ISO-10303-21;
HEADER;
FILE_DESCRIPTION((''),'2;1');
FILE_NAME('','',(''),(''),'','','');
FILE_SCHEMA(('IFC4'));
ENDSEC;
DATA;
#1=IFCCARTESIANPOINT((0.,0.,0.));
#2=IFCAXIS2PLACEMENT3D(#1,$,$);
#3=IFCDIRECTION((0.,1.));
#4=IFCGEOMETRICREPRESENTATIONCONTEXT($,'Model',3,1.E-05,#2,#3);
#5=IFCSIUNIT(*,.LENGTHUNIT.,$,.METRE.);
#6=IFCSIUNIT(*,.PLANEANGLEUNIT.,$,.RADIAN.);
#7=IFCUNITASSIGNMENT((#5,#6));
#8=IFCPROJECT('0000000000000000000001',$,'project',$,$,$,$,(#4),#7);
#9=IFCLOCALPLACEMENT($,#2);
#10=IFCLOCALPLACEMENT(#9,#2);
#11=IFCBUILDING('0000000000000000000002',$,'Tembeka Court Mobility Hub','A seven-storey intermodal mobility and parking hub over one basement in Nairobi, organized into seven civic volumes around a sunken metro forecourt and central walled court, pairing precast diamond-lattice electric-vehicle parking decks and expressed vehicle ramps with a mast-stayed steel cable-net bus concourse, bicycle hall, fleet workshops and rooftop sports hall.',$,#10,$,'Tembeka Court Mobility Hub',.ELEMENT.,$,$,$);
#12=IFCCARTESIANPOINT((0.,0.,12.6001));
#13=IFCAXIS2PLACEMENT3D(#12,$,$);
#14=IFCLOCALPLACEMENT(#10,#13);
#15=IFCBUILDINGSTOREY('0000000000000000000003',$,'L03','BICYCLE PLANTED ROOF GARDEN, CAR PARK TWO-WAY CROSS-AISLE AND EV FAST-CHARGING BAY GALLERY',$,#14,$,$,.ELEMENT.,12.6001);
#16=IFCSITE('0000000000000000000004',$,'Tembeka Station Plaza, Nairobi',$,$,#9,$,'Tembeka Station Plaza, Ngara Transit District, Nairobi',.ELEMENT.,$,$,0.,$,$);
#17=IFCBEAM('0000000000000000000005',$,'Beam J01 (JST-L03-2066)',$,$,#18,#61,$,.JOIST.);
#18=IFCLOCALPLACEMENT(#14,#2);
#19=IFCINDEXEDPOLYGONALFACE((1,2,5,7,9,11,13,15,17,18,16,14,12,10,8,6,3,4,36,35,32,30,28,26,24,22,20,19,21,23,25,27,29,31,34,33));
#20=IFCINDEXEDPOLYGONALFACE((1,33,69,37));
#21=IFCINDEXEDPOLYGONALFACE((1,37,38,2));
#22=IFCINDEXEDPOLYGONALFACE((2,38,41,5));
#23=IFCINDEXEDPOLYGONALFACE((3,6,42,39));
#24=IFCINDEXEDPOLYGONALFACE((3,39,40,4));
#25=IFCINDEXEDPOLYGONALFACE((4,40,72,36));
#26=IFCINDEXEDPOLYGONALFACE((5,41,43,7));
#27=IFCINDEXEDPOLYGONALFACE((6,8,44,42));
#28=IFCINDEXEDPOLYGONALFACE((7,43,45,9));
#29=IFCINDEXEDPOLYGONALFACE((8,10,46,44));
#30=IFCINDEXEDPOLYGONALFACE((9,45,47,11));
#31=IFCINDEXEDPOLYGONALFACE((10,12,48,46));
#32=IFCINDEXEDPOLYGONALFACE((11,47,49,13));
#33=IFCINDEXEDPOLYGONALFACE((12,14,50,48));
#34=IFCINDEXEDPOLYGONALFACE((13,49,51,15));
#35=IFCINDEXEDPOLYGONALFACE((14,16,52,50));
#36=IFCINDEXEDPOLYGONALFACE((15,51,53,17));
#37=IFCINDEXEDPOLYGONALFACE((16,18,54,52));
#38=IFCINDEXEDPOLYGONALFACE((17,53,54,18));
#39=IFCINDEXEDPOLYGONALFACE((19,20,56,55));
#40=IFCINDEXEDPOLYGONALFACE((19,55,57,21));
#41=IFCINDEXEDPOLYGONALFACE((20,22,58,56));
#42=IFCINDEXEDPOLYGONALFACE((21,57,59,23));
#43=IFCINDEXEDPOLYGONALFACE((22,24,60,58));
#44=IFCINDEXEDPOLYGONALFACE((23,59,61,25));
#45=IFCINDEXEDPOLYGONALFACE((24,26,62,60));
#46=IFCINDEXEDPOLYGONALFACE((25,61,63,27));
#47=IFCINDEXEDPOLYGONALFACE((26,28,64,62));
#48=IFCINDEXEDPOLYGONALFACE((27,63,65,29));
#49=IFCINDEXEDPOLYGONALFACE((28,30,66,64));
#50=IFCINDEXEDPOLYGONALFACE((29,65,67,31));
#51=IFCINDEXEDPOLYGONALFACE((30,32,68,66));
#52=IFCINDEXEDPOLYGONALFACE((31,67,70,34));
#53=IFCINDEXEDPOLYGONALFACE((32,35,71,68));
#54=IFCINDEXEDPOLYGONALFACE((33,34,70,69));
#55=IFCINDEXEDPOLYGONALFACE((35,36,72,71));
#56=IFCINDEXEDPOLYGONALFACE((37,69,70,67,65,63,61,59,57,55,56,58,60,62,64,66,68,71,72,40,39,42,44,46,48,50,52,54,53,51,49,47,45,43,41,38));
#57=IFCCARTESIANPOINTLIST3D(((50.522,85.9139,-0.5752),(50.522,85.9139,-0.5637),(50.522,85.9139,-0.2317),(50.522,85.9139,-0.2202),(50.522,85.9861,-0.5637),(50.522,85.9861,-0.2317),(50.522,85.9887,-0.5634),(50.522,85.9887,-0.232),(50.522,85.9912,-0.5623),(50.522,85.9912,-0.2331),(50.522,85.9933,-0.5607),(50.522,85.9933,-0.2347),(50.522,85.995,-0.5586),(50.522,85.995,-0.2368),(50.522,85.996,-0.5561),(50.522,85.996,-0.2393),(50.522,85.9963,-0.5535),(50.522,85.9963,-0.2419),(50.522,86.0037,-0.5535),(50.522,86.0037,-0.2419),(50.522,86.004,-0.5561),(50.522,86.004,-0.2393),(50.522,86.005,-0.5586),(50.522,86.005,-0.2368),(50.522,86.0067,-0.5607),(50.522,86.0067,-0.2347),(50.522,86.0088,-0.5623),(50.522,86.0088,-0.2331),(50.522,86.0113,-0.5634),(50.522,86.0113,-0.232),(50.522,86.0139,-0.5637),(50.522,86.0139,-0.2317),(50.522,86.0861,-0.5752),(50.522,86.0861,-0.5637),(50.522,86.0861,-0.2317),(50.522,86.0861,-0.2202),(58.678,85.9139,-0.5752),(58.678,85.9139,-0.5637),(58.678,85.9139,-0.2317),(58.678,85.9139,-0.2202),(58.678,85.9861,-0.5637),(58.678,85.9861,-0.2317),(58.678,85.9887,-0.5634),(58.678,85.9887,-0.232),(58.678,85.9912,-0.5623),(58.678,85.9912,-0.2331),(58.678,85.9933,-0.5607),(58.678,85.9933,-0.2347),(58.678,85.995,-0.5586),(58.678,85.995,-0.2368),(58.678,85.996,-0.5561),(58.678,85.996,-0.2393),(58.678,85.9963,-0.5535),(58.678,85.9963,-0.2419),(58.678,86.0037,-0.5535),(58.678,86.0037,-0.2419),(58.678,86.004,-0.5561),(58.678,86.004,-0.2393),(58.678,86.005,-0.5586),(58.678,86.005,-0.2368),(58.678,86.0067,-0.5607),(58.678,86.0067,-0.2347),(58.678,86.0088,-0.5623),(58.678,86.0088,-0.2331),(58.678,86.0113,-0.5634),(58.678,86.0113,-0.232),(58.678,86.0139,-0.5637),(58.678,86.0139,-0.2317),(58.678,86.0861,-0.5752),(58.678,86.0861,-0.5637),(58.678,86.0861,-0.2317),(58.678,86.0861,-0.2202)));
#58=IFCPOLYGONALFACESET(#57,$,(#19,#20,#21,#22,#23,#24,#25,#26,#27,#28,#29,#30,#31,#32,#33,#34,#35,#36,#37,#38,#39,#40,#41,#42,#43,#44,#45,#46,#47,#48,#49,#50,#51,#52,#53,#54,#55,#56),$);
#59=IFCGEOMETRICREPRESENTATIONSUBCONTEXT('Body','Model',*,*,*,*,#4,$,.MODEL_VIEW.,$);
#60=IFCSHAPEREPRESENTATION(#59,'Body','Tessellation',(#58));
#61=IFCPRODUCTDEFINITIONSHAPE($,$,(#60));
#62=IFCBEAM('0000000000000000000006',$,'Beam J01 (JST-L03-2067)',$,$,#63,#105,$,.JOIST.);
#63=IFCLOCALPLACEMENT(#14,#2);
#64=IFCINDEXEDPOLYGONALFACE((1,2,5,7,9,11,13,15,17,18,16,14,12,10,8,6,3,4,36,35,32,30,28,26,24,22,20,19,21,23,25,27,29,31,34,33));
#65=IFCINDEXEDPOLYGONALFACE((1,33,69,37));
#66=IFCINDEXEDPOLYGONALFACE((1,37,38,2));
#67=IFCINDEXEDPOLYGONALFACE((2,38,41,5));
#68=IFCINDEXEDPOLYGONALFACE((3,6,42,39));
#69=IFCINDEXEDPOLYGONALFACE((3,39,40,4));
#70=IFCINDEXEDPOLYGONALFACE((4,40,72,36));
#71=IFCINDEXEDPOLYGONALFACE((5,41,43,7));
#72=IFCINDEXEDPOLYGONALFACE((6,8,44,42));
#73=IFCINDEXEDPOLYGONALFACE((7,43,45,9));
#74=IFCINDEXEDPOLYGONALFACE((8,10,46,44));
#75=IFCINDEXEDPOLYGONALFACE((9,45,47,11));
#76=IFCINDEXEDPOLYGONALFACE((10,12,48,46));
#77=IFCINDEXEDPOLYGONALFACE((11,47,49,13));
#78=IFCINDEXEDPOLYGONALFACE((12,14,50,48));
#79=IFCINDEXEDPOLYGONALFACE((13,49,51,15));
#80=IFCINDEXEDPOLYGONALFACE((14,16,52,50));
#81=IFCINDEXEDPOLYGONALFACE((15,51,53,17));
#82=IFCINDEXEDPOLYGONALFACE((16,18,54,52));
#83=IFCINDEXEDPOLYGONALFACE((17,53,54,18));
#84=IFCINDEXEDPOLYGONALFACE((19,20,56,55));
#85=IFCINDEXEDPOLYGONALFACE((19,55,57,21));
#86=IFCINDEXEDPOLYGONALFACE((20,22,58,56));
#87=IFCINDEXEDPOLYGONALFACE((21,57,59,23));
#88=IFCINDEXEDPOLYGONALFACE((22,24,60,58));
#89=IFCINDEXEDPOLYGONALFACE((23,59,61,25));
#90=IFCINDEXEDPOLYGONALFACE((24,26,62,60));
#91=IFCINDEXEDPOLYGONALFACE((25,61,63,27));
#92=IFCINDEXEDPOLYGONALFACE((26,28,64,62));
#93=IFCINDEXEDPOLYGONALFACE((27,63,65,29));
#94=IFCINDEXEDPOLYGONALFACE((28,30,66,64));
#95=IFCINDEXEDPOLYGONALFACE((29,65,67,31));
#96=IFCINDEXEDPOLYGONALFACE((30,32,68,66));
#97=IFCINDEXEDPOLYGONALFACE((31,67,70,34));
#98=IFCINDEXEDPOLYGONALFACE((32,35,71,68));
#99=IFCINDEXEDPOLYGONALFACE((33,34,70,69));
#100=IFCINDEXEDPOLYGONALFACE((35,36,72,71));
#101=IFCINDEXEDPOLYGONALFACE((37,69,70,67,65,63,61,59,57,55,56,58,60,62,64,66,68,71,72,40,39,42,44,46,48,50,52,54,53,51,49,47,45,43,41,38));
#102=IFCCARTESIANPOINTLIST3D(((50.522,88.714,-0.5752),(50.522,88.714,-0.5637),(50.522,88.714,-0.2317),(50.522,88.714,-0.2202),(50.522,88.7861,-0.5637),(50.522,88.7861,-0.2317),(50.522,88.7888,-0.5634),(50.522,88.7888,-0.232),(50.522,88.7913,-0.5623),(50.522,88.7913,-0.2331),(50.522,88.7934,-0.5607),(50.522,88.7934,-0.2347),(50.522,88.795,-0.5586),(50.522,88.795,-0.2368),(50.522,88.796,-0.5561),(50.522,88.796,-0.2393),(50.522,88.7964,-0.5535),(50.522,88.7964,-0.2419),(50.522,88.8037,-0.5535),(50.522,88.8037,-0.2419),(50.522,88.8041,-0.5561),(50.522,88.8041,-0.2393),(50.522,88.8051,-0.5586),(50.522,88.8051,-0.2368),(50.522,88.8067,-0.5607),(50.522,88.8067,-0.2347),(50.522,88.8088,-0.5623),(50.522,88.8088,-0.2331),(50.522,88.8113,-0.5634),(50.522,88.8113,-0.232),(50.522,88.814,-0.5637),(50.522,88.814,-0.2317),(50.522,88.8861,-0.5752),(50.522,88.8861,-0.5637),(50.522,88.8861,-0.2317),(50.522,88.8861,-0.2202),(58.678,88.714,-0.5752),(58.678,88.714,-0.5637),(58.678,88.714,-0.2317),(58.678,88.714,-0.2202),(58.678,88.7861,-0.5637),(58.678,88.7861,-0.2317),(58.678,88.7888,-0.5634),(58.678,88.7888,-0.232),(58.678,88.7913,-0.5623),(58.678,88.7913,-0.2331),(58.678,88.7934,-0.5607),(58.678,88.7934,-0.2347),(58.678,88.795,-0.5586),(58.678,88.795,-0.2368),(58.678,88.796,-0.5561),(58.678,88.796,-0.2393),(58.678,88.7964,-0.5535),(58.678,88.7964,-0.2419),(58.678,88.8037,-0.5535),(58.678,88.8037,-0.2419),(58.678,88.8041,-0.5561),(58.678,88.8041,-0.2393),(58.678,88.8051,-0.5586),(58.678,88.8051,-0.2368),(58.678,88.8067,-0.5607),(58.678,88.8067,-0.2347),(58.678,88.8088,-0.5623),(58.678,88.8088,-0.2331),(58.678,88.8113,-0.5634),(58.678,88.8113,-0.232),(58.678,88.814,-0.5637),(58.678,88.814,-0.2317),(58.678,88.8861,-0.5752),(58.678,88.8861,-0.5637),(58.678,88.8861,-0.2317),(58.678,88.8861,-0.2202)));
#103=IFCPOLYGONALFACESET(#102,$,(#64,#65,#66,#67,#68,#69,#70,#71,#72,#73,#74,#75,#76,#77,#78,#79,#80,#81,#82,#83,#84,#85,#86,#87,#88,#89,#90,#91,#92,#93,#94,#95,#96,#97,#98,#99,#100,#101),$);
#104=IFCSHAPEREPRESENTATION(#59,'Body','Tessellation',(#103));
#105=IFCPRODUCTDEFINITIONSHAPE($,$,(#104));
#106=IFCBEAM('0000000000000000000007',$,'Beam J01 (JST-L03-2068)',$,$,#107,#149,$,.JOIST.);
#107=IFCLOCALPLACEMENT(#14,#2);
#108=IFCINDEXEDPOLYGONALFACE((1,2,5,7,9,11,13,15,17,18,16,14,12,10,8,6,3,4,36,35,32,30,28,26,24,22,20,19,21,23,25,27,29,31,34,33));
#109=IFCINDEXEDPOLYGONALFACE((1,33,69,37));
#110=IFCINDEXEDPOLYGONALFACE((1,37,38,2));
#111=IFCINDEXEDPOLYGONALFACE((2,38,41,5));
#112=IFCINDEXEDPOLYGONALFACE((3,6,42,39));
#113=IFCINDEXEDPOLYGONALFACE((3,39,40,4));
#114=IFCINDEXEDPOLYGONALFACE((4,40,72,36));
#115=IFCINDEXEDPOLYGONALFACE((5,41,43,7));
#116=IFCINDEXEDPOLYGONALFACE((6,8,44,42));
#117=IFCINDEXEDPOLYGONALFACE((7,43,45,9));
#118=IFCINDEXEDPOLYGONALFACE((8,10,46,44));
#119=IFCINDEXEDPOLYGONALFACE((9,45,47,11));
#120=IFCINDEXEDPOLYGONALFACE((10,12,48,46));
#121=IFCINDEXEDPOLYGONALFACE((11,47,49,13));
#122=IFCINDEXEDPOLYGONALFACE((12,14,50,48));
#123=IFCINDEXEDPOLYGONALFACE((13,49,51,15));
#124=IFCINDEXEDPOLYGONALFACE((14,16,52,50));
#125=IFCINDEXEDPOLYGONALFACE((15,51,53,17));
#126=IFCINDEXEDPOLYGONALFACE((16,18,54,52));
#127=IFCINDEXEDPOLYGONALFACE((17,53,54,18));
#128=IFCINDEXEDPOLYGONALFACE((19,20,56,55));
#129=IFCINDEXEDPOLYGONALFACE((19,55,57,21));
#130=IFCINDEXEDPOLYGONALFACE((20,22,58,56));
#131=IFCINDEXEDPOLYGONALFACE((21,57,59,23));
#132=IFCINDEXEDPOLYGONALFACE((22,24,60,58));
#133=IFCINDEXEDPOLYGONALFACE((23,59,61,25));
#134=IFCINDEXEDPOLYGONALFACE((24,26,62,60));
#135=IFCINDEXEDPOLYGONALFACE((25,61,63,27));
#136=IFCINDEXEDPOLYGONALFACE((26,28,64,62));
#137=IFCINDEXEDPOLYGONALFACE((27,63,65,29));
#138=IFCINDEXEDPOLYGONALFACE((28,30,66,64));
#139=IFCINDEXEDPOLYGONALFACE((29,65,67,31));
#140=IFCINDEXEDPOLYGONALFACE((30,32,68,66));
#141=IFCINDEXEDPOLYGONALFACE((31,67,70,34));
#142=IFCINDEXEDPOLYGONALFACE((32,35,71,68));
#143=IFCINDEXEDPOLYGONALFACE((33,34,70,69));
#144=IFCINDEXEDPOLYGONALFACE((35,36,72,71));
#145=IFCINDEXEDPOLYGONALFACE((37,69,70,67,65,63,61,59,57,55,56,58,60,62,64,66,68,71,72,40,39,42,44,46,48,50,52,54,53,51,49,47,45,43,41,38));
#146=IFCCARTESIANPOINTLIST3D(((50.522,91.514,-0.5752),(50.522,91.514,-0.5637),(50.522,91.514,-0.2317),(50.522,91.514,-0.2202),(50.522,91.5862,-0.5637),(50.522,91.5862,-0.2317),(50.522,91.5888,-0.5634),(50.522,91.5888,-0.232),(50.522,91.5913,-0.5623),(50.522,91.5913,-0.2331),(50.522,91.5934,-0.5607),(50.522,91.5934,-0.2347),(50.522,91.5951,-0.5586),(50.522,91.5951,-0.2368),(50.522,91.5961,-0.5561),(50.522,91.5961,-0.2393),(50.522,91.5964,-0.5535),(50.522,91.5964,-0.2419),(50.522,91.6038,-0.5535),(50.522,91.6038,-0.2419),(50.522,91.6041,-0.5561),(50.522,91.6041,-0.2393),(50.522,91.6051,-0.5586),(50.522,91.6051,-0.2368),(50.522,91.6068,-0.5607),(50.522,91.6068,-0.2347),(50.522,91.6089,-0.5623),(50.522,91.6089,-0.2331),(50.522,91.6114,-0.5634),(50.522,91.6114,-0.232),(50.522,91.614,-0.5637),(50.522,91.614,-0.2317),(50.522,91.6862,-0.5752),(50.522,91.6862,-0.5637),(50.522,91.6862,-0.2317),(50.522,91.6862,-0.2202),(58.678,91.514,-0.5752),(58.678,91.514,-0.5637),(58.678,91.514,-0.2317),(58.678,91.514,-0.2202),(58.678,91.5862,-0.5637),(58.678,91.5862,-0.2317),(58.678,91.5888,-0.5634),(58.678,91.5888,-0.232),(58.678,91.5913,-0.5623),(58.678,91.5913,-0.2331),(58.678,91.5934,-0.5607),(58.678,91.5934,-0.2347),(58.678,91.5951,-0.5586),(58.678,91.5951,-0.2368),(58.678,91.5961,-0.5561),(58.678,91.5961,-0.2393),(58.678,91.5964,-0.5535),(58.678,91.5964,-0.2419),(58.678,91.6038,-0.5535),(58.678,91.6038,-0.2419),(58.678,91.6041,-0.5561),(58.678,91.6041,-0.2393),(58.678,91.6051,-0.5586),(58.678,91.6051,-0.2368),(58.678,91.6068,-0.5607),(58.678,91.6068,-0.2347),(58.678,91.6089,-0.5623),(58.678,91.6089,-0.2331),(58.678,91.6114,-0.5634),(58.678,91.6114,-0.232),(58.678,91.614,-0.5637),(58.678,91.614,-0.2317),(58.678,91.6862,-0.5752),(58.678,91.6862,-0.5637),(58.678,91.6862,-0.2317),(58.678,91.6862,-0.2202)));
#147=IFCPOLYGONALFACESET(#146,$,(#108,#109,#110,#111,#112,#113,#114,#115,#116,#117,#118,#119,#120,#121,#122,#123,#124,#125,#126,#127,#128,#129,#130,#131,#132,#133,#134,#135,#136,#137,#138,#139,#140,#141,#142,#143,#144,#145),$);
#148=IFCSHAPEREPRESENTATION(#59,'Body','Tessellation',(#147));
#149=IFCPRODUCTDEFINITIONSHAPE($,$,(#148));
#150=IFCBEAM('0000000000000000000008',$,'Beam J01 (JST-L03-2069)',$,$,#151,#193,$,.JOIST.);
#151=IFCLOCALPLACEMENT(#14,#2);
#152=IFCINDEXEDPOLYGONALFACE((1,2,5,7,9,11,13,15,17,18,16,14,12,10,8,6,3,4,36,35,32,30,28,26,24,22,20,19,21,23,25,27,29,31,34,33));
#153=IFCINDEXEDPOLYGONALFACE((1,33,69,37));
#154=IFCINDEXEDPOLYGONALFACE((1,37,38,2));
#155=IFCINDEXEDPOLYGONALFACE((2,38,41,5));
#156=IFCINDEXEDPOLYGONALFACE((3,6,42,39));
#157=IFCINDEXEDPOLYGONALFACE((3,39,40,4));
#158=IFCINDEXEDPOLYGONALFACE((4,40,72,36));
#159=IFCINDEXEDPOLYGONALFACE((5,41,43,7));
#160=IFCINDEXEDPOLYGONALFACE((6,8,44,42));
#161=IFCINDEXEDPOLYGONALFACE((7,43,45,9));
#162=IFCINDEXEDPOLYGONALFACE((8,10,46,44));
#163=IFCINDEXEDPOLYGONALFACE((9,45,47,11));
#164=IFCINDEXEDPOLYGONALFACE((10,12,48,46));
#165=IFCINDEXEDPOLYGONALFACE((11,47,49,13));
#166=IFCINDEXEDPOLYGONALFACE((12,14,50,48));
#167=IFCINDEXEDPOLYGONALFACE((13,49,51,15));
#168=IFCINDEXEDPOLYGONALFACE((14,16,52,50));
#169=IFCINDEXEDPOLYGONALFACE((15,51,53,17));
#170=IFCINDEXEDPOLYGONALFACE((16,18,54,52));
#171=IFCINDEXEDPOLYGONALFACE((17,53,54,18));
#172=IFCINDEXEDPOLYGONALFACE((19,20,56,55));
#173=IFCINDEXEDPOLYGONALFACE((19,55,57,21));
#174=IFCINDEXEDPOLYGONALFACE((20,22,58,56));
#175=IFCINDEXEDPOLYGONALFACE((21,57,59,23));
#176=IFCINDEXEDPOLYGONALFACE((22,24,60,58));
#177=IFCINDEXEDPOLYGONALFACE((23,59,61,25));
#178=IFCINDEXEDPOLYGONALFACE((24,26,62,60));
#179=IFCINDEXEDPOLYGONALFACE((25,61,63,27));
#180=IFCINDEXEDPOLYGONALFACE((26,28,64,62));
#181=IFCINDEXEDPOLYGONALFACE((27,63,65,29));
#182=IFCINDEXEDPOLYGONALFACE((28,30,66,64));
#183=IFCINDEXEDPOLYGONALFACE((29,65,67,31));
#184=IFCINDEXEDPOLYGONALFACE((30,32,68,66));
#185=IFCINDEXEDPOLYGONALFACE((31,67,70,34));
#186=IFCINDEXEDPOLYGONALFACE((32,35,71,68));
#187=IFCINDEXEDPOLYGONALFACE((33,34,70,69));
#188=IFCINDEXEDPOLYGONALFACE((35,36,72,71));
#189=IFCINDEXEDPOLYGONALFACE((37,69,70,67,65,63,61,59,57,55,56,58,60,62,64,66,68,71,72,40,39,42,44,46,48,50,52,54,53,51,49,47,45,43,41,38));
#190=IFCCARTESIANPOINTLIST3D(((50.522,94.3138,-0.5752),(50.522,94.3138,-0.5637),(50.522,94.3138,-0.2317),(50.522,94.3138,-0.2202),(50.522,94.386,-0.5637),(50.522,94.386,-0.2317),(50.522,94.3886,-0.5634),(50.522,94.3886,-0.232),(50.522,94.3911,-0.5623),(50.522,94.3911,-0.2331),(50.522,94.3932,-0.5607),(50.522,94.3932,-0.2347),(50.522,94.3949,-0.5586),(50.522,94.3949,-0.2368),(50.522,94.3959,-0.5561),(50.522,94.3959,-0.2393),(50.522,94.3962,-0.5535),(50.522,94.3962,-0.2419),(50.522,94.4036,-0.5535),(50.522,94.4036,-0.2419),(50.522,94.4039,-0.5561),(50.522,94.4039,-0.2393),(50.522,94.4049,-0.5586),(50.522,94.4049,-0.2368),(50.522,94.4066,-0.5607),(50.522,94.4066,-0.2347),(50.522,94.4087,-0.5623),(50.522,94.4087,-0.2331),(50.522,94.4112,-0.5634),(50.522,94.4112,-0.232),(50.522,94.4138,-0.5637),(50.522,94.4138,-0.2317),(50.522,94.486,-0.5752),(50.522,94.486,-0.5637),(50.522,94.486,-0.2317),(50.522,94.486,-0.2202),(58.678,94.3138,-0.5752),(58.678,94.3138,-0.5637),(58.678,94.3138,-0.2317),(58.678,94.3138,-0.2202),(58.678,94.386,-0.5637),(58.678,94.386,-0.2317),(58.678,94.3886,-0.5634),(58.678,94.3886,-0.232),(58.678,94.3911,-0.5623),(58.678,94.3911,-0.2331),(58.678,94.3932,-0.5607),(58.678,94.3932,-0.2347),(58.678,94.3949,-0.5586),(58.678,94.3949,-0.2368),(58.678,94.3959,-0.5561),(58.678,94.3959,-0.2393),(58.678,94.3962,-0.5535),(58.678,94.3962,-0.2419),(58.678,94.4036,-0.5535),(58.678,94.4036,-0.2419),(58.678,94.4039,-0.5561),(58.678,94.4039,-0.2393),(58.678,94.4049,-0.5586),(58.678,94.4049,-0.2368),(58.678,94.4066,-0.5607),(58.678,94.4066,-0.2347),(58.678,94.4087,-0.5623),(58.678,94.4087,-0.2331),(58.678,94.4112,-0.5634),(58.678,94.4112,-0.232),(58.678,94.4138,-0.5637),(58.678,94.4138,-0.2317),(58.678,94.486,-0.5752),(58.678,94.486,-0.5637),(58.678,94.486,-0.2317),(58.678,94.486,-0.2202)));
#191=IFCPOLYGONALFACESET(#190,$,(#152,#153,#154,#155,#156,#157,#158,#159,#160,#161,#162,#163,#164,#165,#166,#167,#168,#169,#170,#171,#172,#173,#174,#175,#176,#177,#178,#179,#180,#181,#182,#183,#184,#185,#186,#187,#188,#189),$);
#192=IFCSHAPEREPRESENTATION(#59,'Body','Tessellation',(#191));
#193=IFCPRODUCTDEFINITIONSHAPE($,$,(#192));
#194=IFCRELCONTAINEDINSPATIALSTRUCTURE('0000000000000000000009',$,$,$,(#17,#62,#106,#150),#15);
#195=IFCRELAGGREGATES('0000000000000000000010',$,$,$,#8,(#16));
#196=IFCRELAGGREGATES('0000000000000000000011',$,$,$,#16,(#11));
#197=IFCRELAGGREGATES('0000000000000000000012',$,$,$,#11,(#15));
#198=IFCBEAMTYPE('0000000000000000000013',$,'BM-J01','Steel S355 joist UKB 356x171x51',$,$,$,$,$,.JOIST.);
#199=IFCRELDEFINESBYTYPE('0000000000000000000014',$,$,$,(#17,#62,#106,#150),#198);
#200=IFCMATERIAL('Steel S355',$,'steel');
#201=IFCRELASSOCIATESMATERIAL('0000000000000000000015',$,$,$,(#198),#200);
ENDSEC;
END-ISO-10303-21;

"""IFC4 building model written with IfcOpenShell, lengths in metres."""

from ifc_helpers import new_model, si_unit, direction, frame, origin, origin_2d, place, context, subcontext, project, spatial, i_section, extrude, material, material_profile, profile_set, type_object, element, save


model = new_model("IFC4")

# Units and contexts
model_context = context("Model", 3, precision=1e-05, world=origin(), true_north=direction((0.0, 1.0)))
body_context = subcontext(model_context, "Body", "Model", "MODEL_VIEW")
ifc_project = project(units=[si_unit("LENGTHUNIT", "METRE"), si_unit("PLANEANGLEUNIT", "RADIAN")], contexts=[model_context])

# Site, building, storey
site_placement = place(None, origin())
site = spatial("IfcSite", under=ifc_project, at=site_placement, Name="Tembeka Station Plaza, Nairobi", LongName="Tembeka Station Plaza, Ngara Transit District, Nairobi", CompositionType="ELEMENT", RefElevation=0.0)
building_placement = place(site_placement, origin())
building = spatial("IfcBuilding", under=site, at=building_placement, Name="Tembeka Court Mobility Hub", Description="A seven-storey intermodal mobility and parking hub over one basement in Nairobi, organized into seven civic volumes around a sunken metro forecourt and central walled court, pairing precast diamond-lattice electric-vehicle parking decks and expressed vehicle ramps with a mast-stayed steel cable-net bus concourse, bicycle hall, fleet workshops and rooftop sports hall.", LongName="Tembeka Court Mobility Hub", CompositionType="ELEMENT")
storey_placement = place(building_placement, frame((0.0, 0.0, 12.6001)))
storey = spatial("IfcBuildingStorey", under=building, at=storey_placement, Name="L03", Description="BICYCLE PLANTED ROOF GARDEN, CAR PARK TWO-WAY CROSS-AISLE AND EV FAST-CHARGING BAY GALLERY", CompositionType="ELEMENT", Elevation=12.6001)

# Shared definitions
ifc_material = material(Name="Steel S355", Category="steel")

# Beams
ifc_material_profile_1 = material_profile(ifc_material, i_section(OverallWidth=0.1721, OverallDepth=0.355, WebThickness=0.0073, FlangeThickness=0.0115, FilletRadius=0.0103, at=origin_2d()), Name="UKB 356x171x51")
ifc_profile_set_1 = profile_set([ifc_material_profile_1], Name="Steel S355")
beam_type_1 = type_object("IfcBeamType", Name="BM-J01", Description="Steel S355 joist UKB 356x171x51", PredefinedType="JOIST", material=ifc_profile_set_1)
for number, where, z_axis, x_axis, name in (
    (1, (50.522, 86.0, -0.3977), (1.0, 0.0, 0.0), (0.0, 1.0, 0.0), "Beam J01 (JST-L03-2066)"),
    (2, (50.522, 88.8, -0.3977), (1.0, 0.0, 0.0), (0.0, 1.0, 0.0), "Beam J01 (JST-L03-2067)"),
    (3, (50.522, 91.6001, -0.3977), (1.0, 0.0, 0.0), (0.0, 1.0, 0.0), "Beam J01 (JST-L03-2068)"),
    (4, (50.522, 94.3999, -0.3977), (1.0, 0.0, 0.0), (0.0, 1.0, 0.0), "Beam J01 (JST-L03-2069)"),
):
    element("IfcBeam", number, at=place(storey_placement, frame(where, z_axis=z_axis, x_axis=x_axis)), inside=storey, type_object=beam_type_1, Name=name, PredefinedType="JOIST", context=body_context, shape_type="SweptSolid", body=[
        extrude(i_section(OverallWidth=0.1721, OverallDepth=0.355, WebThickness=0.0073, FlangeThickness=0.0115, FilletRadius=0.0103, at=origin_2d()), origin(), (0.0, 0.0, 1.0), 8.156),
    ])

save(model, "model.ifc")
